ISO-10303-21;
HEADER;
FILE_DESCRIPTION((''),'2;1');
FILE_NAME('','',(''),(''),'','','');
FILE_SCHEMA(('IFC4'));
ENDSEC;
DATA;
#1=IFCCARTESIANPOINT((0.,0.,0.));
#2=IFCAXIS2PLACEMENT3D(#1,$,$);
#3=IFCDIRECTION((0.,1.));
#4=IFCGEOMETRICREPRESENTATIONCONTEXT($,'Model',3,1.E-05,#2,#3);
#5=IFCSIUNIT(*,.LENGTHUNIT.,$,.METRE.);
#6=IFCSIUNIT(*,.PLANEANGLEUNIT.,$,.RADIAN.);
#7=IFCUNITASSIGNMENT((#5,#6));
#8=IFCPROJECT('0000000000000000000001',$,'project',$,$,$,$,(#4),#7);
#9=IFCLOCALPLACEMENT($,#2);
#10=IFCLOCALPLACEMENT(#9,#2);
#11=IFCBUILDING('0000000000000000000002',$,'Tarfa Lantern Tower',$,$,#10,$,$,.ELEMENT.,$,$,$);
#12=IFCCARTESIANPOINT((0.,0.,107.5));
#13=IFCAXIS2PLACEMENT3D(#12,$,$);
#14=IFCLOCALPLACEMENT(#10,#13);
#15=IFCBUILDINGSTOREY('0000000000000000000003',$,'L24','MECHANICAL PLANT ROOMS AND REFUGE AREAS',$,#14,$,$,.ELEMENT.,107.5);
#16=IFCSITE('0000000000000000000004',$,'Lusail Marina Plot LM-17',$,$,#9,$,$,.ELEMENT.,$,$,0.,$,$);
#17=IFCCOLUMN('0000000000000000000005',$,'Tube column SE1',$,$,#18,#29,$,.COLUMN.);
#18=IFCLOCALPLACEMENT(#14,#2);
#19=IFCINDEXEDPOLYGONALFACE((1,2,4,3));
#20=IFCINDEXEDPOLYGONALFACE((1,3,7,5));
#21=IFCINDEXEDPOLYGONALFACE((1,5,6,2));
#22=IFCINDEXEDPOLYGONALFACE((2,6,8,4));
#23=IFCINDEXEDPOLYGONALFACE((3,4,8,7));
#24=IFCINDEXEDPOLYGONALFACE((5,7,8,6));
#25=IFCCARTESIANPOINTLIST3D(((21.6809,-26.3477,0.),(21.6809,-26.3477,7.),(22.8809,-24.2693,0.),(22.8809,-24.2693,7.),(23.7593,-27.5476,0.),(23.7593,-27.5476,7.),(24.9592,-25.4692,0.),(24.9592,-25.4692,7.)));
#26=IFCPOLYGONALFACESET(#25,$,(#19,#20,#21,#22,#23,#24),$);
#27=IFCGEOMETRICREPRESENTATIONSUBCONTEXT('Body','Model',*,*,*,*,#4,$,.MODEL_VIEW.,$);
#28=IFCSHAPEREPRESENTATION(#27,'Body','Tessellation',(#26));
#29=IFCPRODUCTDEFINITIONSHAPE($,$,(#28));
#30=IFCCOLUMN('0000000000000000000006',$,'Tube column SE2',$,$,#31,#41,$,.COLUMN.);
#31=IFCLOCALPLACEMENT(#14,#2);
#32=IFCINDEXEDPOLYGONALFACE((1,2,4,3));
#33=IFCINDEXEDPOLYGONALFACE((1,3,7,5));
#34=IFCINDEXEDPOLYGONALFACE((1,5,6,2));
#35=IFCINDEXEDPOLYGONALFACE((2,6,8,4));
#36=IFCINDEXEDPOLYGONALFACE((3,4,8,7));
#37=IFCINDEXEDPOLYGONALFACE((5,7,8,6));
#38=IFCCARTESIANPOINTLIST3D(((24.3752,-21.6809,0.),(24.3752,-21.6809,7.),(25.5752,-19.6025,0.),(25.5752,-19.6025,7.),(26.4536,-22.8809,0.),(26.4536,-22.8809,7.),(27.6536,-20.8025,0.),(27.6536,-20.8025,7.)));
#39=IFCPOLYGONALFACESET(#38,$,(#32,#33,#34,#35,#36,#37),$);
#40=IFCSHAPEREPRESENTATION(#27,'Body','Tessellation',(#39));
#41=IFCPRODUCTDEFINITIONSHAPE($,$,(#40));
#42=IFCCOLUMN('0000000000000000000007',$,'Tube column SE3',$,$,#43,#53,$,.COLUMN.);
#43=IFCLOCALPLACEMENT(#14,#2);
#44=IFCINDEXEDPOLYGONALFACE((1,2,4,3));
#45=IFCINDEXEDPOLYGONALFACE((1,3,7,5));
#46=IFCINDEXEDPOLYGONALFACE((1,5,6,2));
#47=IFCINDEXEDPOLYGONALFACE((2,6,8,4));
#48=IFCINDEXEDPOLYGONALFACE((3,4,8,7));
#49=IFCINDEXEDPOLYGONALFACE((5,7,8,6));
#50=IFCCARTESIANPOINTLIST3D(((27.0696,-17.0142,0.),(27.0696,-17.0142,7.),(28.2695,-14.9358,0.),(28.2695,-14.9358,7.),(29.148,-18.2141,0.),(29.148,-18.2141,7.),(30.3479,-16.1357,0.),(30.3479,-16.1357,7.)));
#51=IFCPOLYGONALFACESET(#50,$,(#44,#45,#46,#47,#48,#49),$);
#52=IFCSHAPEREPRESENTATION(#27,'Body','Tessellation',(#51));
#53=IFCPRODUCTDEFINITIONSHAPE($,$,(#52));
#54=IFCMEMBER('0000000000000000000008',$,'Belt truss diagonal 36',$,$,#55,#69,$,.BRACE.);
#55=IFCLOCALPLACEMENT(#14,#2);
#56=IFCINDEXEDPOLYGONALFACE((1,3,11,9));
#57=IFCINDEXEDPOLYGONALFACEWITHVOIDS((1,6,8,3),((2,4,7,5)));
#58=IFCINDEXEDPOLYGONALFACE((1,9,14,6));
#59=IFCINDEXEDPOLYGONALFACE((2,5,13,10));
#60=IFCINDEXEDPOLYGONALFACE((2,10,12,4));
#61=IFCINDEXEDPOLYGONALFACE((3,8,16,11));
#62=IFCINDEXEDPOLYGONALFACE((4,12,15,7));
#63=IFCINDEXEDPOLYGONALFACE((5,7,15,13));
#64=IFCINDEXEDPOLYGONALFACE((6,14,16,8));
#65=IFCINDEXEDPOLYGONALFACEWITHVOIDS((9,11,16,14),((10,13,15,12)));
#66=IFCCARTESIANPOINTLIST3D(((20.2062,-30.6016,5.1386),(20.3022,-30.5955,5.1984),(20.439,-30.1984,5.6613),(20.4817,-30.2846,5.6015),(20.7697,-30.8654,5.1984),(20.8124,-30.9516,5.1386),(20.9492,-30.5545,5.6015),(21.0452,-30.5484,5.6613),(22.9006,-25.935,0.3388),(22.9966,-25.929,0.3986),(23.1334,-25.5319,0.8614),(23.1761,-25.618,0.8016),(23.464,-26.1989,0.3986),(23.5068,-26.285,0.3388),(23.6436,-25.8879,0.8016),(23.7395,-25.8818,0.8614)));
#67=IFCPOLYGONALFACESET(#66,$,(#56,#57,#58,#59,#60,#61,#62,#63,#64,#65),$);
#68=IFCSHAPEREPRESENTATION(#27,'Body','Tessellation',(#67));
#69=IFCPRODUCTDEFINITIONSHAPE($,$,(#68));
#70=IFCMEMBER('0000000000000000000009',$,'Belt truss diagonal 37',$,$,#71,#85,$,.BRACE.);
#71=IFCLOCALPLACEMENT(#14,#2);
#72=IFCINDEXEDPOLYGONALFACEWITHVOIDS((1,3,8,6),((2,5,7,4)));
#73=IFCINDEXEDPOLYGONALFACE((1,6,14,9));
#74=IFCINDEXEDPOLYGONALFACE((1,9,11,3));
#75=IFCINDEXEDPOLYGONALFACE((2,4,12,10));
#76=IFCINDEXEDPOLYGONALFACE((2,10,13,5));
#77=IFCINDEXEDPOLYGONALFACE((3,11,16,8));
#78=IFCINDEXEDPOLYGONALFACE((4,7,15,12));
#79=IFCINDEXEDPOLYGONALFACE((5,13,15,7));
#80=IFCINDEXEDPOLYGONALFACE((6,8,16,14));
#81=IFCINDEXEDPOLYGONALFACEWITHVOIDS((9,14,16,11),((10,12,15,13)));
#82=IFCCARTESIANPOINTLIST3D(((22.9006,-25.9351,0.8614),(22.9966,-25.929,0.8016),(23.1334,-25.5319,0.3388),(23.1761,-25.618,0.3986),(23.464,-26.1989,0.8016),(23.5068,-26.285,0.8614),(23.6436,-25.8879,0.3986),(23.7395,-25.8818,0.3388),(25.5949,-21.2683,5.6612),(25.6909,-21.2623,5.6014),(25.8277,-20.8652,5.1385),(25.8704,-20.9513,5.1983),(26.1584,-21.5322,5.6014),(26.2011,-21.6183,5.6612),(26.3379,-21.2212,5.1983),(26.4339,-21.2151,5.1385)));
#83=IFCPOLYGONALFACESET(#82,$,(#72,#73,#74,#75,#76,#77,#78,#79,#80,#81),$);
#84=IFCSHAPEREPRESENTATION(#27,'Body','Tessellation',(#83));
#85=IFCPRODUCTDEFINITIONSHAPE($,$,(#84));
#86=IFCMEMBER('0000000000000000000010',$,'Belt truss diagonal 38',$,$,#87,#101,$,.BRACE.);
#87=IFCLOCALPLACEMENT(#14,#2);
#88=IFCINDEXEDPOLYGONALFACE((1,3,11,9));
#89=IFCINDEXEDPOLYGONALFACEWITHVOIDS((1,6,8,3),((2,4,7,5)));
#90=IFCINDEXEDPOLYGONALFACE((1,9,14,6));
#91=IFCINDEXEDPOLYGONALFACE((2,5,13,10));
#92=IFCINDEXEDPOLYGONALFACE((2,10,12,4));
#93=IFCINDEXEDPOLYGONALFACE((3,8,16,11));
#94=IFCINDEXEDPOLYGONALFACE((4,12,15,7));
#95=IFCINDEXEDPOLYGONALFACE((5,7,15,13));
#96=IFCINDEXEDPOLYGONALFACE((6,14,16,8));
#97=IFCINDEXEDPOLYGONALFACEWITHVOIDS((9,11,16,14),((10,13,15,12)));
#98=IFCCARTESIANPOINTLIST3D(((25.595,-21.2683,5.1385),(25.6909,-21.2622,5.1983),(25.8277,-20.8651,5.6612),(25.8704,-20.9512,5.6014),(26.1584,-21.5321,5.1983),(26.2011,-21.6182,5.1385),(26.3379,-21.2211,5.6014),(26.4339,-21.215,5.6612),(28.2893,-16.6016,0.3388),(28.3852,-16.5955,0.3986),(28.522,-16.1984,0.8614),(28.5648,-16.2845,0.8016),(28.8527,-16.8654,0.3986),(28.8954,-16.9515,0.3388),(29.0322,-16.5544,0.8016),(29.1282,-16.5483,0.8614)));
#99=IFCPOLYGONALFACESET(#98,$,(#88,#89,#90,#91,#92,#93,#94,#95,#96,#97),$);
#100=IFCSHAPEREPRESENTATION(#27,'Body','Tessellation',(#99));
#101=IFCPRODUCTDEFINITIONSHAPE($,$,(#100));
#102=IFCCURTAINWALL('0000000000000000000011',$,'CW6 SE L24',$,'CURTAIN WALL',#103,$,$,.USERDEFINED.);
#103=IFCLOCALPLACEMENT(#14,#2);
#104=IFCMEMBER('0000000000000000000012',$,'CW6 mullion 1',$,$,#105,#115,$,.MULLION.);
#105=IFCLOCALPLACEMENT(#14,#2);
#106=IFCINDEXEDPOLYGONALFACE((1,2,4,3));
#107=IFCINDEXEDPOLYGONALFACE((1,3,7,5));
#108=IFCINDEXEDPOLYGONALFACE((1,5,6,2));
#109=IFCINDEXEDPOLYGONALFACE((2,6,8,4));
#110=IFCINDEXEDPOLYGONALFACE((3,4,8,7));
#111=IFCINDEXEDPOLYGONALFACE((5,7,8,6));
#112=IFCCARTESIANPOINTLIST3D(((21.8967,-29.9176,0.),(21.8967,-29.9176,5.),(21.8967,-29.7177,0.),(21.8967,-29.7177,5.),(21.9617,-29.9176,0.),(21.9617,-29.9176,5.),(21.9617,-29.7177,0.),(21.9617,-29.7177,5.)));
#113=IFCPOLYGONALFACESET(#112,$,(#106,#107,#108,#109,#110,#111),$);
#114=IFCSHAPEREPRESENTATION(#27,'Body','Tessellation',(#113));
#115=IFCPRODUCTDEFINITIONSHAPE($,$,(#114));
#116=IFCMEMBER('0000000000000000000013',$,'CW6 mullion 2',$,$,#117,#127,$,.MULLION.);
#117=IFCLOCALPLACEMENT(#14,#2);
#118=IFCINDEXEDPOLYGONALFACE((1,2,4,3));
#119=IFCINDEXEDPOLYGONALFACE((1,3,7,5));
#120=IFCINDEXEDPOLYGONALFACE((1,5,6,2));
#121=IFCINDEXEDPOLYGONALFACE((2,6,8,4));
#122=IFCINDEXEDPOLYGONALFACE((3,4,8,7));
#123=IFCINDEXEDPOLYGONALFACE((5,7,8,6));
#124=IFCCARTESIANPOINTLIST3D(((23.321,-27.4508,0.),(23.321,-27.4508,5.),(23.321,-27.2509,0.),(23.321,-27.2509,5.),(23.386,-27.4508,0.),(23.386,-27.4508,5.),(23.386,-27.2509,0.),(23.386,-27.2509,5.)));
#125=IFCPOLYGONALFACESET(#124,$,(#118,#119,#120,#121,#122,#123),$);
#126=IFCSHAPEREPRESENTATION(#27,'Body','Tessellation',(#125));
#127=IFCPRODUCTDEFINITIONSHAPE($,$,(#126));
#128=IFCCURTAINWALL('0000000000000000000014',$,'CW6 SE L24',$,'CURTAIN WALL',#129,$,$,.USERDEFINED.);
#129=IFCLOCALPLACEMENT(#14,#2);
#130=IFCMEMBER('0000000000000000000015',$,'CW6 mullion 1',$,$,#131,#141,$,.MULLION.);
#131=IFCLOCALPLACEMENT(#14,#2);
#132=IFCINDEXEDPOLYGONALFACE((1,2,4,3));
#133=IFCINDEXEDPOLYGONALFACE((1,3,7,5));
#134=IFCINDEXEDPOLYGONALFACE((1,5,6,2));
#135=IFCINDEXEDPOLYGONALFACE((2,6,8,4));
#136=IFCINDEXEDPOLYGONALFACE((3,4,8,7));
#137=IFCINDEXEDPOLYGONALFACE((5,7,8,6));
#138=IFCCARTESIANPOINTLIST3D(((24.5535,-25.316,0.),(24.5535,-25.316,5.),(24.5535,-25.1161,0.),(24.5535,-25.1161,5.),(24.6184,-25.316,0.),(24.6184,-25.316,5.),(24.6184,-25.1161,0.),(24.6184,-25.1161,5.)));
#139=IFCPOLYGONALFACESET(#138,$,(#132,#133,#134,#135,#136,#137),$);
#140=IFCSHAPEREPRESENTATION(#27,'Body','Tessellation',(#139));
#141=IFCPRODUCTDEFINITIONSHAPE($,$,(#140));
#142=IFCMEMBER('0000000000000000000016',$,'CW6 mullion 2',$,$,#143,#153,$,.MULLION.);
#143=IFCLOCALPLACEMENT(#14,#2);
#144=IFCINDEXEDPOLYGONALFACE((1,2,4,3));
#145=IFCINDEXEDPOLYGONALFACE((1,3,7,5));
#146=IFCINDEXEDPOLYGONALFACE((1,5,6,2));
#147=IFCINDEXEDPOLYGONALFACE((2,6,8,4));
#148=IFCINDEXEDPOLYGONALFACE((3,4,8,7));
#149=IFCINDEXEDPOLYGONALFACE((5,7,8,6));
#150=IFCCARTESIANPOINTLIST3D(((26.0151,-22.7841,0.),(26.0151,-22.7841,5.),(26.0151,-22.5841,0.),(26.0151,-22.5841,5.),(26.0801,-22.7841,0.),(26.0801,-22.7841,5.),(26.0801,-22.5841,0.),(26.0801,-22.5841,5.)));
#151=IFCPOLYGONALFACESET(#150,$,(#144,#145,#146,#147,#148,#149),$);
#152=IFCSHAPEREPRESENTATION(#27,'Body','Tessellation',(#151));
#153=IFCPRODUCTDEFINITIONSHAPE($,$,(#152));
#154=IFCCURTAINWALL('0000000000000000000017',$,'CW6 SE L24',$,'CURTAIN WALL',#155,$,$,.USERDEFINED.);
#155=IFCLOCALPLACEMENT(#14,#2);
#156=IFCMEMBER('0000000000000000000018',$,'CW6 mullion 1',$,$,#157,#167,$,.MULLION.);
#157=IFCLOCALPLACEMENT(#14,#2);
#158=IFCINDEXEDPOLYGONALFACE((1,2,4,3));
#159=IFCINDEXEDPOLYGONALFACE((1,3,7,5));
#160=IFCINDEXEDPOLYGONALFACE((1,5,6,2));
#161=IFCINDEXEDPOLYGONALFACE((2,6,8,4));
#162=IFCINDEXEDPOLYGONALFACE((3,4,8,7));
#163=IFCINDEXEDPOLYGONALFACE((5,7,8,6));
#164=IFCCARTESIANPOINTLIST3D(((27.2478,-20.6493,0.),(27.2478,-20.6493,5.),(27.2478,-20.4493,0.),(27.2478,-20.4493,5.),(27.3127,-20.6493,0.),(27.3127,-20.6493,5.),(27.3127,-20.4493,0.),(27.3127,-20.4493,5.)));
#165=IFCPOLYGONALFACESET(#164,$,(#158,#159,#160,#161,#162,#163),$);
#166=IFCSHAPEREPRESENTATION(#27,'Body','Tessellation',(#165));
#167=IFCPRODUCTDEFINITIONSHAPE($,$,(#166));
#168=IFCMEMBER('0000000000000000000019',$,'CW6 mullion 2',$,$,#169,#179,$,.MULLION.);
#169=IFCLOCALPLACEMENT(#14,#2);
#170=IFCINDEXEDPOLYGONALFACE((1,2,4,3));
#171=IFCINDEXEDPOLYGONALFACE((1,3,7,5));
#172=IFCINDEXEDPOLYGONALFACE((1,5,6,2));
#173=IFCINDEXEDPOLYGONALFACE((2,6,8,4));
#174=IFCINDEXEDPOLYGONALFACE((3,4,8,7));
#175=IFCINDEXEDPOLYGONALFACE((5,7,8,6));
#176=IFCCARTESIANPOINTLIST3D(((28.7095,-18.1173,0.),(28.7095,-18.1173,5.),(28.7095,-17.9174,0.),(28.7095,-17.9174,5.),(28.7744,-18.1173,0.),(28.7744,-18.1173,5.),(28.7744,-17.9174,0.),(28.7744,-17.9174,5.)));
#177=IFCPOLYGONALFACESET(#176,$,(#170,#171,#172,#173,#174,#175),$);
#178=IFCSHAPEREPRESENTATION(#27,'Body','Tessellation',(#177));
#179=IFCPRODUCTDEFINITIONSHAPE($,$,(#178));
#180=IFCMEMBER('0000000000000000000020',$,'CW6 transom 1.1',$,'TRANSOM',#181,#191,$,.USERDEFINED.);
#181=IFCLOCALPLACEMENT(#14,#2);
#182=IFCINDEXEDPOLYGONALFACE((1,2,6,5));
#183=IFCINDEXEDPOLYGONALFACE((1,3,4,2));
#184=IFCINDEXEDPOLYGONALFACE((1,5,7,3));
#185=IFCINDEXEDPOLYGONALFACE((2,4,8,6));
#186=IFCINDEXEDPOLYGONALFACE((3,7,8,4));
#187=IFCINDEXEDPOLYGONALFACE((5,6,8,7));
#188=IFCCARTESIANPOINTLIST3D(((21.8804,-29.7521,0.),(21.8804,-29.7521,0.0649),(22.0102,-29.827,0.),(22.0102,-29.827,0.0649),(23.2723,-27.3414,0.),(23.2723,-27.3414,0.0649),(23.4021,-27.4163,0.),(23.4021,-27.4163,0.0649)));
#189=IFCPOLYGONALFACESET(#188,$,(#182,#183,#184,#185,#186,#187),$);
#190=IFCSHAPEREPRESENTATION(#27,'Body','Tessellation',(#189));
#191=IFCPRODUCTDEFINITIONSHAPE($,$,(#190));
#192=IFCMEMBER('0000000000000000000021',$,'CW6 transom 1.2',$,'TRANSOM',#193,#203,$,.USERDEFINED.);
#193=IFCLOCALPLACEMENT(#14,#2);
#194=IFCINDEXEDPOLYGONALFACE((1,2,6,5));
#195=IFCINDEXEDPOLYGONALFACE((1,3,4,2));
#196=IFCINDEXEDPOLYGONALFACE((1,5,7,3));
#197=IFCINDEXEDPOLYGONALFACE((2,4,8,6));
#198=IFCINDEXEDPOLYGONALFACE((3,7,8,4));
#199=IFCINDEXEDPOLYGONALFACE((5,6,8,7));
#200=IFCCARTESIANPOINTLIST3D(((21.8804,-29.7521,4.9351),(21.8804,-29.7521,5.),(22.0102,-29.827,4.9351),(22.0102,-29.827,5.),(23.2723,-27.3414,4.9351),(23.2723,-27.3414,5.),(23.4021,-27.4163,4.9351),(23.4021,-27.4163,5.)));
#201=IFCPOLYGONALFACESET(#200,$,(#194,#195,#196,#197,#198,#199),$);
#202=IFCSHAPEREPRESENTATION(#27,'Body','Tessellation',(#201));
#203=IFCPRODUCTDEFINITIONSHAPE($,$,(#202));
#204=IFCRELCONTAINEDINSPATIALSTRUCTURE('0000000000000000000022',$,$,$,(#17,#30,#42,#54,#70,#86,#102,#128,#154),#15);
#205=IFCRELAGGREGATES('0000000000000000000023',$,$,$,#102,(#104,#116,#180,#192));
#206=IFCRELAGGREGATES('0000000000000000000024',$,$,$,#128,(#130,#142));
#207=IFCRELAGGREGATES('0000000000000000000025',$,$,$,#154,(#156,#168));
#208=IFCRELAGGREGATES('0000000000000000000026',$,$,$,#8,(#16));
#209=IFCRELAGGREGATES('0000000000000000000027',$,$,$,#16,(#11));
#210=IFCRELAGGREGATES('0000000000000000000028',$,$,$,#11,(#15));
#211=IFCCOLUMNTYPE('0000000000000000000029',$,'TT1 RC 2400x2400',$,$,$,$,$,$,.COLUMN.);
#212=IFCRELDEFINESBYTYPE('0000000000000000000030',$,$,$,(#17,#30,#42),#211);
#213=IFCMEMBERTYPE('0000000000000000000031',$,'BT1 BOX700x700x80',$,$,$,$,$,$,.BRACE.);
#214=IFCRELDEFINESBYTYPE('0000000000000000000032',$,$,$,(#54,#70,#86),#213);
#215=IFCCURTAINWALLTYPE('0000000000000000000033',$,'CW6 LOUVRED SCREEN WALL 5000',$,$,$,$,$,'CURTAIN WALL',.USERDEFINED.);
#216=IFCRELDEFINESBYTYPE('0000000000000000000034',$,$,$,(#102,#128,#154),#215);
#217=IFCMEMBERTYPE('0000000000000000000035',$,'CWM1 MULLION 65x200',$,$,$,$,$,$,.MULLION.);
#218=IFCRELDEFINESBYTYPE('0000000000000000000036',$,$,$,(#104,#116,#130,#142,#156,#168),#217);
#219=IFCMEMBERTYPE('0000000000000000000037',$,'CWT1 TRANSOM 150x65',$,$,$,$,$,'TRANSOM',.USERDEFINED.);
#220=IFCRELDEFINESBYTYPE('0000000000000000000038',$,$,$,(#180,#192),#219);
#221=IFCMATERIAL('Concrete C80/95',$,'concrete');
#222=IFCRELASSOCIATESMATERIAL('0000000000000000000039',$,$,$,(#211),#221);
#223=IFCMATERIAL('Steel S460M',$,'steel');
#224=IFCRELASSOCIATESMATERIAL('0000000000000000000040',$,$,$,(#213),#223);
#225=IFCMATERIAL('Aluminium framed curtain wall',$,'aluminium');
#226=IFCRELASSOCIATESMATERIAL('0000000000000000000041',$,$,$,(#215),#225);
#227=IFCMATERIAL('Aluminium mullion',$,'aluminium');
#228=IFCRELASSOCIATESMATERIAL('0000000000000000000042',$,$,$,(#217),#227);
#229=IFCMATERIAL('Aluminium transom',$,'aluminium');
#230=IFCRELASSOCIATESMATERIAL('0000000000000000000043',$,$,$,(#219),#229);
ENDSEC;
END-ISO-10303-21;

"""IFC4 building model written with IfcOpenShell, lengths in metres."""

from ifc_helpers import new_model, si_unit, direction, frame, origin, origin_2d, place, context, subcontext, project, spatial, rectangle, hollow_rectangle, extrude, material, material_profile, profile_set, type_object, element, aggregate, save


model = new_model("IFC4")

# Units and contexts
model_context = context("Model", 3, precision=1e-05, world=origin(), true_north=direction((0.0, 1.0)))
body_context = subcontext(model_context, "Body", "Model", "MODEL_VIEW")
ifc_project = project(units=[si_unit("LENGTHUNIT", "METRE"), si_unit("PLANEANGLEUNIT", "RADIAN")], contexts=[model_context])

# Site, building, storey
site_placement = place(None, origin())
site = spatial("IfcSite", under=ifc_project, at=site_placement, Name="Lusail Marina Plot LM-17", CompositionType="ELEMENT", RefElevation=0.0)
building_placement = place(site_placement, origin())
building = spatial("IfcBuilding", under=site, at=building_placement, Name="Tarfa Lantern Tower", CompositionType="ELEMENT")
storey_placement = place(building_placement, frame((0.0, 0.0, 107.5)))
storey = spatial("IfcBuildingStorey", under=building, at=storey_placement, Name="L24", Description="MECHANICAL PLANT ROOMS AND REFUGE AREAS", CompositionType="ELEMENT", Elevation=107.5)

# Columns
ifc_material_1 = material(Name="Concrete C80/95", Category="concrete")
ifc_material_profile_1 = material_profile(ifc_material_1, rectangle(XDim=2.3999, YDim=2.3999, at=origin_2d()), Name="RC 2400x2400")
ifc_profile_set_1 = profile_set([ifc_material_profile_1], Name="Concrete C80/95")
column_type = type_object("IfcColumnType", Name="TT1 RC 2400x2400", PredefinedType="COLUMN", material=ifc_profile_set_1)
for number, where, z_axis, x_axis, name in (
    (1, (23.3201, -25.9084, 0.0), (0.0, 0.0, 1.0), (0.5, 0.866025, 0.0), "Tube column SE1"),
    (2, (26.0144, -21.2417, 0.0), (0.0, 0.0, 1.0), (0.5, 0.866025, 0.0), "Tube column SE2"),
    (3, (28.7087, -16.575, 0.0), (0.0, 0.0, 1.0), (0.5, 0.866025, 0.0), "Tube column SE3"),
):
    element("IfcColumn", number, at=place(storey_placement, frame(where, z_axis=z_axis, x_axis=x_axis)), inside=storey, type_object=column_type, Name=name, PredefinedType="COLUMN", context=body_context, shape_type="SweptSolid", body=[
        extrude(rectangle(XDim=2.3999, YDim=2.3999, at=origin_2d()), origin(), (0.0, 0.0, 1.0), 7.0),
    ])

# Members
ifc_material_2 = material(Name="Steel S460M", Category="steel")
ifc_material_profile_2 = material_profile(ifc_material_2, hollow_rectangle(XDim=0.7, YDim=0.7, WallThickness=0.0801, at=origin_2d()), Name="BOX700x700x80")
ifc_profile_set_2 = profile_set([ifc_material_profile_2], Name="Steel S460M")
member_type_1 = type_object("IfcMemberType", Name="BT1 BOX700x700x80", PredefinedType="BRACE", material=ifc_profile_set_2)
for number, where, z_axis, x_axis, name in (
    (4, (23.3201, -25.9084, 0.6001), (-0.373372, -0.646669, 0.665141), (0.866015, -0.500018, 0.0), "Belt truss diagonal 36"),
    (5, (23.3201, -25.9084, 0.6001), (0.373364, 0.646688, 0.665127), (-0.866026, 0.499998, 0.0), "Belt truss diagonal 37"),
    (6, (28.7087, -16.575, 0.6001), (-0.373364, -0.646688, 0.665127), (0.866026, -0.499998, 0.0), "Belt truss diagonal 38"),
):
    element("IfcMember", number, at=place(storey_placement, frame(where, z_axis=z_axis, x_axis=x_axis)), inside=storey, type_object=member_type_1, Name=name, PredefinedType="BRACE", context=body_context, shape_type="SweptSolid", body=[
        extrude(hollow_rectangle(XDim=0.7, YDim=0.7, WallThickness=0.0801, at=origin_2d()), origin(), (0.0, 0.0, 1.0), 7.2163),
    ])

# Curtain walls, members
ifc_material_3 = material(Name="Aluminium framed curtain wall", Category="aluminium")
curtain_wall_type = type_object("IfcCurtainWallType", Name="CW6 LOUVRED SCREEN WALL 5000", ElementType="CURTAIN WALL", PredefinedType="USERDEFINED", material=ifc_material_3)
curtain_wall_1_placement = place(storey_placement, origin())
curtain_wall_1 = element("IfcCurtainWall", 7, at=curtain_wall_1_placement, inside=storey, type_object=curtain_wall_type, Name="CW6 SE L24", ObjectType="CURTAIN WALL", PredefinedType="USERDEFINED")
ifc_material_4 = material(Name="Aluminium mullion", Category="aluminium")
ifc_material_profile_3 = material_profile(ifc_material_4, rectangle(XDim=0.0649, YDim=0.2, at=origin_2d()), Name="AL MULLION 65x200")
ifc_profile_set_3 = profile_set([ifc_material_profile_3], Name="Aluminium mullion")
member_type_2 = type_object("IfcMemberType", Name="CWM1 MULLION 65x200", PredefinedType="MULLION", material=ifc_profile_set_3)
member_1_placement = place(storey_placement, frame((21.9292, -29.8176, 0.0), z_axis=(0.0, 0.0, 1.0), x_axis=(1.0, 0.0, 0.0)))
member_1 = element("IfcMember", 8, at=member_1_placement, type_object=member_type_2, Name="CW6 mullion 1", PredefinedType="MULLION", context=body_context, shape_type="SweptSolid", body=[
    extrude(rectangle(XDim=0.0649, YDim=0.2, at=origin_2d()), origin(), (0.0, 0.0, 1.0), 5.0),
])
member_2_placement = place(storey_placement, frame((23.3535, -27.3508, 0.0), z_axis=(0.0, 0.0, 1.0), x_axis=(1.0, 0.0, 0.0)))
member_2 = element("IfcMember", 9, at=member_2_placement, type_object=member_type_2, Name="CW6 mullion 2", PredefinedType="MULLION", context=body_context, shape_type="SweptSolid", body=[
    extrude(rectangle(XDim=0.0649, YDim=0.2, at=origin_2d()), origin(), (0.0, 0.0, 1.0), 5.0),
])
curtain_wall_2_placement = place(storey_placement, origin())
curtain_wall_2 = element("IfcCurtainWall", 10, at=curtain_wall_2_placement, inside=storey, type_object=curtain_wall_type, Name="CW6 SE L24", ObjectType="CURTAIN WALL", PredefinedType="USERDEFINED")
member_3_placement = place(storey_placement, frame((24.5859, -25.2161, 0.0), z_axis=(0.0, 0.0, 1.0), x_axis=(1.0, 0.0, 0.0)))
member_3 = element("IfcMember", 11, at=member_3_placement, type_object=member_type_2, Name="CW6 mullion 1", PredefinedType="MULLION", context=body_context, shape_type="SweptSolid", body=[
    extrude(rectangle(XDim=0.0649, YDim=0.2, at=origin_2d()), origin(), (0.0, 0.0, 1.0), 5.0),
])
member_4_placement = place(storey_placement, frame((26.0476, -22.6841, 0.0), z_axis=(0.0, 0.0, 1.0), x_axis=(1.0, 0.0, 0.0)))
member_4 = element("IfcMember", 12, at=member_4_placement, type_object=member_type_2, Name="CW6 mullion 2", PredefinedType="MULLION", context=body_context, shape_type="SweptSolid", body=[
    extrude(rectangle(XDim=0.0649, YDim=0.2, at=origin_2d()), origin(), (0.0, 0.0, 1.0), 5.0),
])
curtain_wall_3_placement = place(storey_placement, origin())
curtain_wall_3 = element("IfcCurtainWall", 13, at=curtain_wall_3_placement, inside=storey, type_object=curtain_wall_type, Name="CW6 SE L24", ObjectType="CURTAIN WALL", PredefinedType="USERDEFINED")
member_5_placement = place(storey_placement, frame((27.2803, -20.5493, 0.0), z_axis=(0.0, 0.0, 1.0), x_axis=(1.0, 0.0, 0.0)))
member_5 = element("IfcMember", 14, at=member_5_placement, type_object=member_type_2, Name="CW6 mullion 1", PredefinedType="MULLION", context=body_context, shape_type="SweptSolid", body=[
    extrude(rectangle(XDim=0.0649, YDim=0.2, at=origin_2d()), origin(), (0.0, 0.0, 1.0), 5.0),
])
member_6_placement = place(storey_placement, frame((28.7419, -18.0173, 0.0), z_axis=(0.0, 0.0, 1.0), x_axis=(1.0, 0.0, 0.0)))
member_6 = element("IfcMember", 15, at=member_6_placement, type_object=member_type_2, Name="CW6 mullion 2", PredefinedType="MULLION", context=body_context, shape_type="SweptSolid", body=[
    extrude(rectangle(XDim=0.0649, YDim=0.2, at=origin_2d()), origin(), (0.0, 0.0, 1.0), 5.0),
])

# Members
ifc_material_5 = material(Name="Aluminium transom", Category="aluminium")
ifc_material_profile_4 = material_profile(ifc_material_5, rectangle(XDim=0.1499, YDim=0.0649, at=origin_2d()), Name="AL TRANSOM 150x65")
ifc_profile_set_4 = profile_set([ifc_material_profile_4], Name="Aluminium transom")
member_type_3 = type_object("IfcMemberType", Name="CWT1 TRANSOM 150x65", ElementType="TRANSOM", PredefinedType="USERDEFINED", material=ifc_profile_set_4)
member_7_placement = place(storey_placement, frame((21.9453, -29.7896, 0.0325), z_axis=(0.500016, 0.866016, 0.0), x_axis=(-0.866016, 0.500016, 0.0)))
member_7 = element("IfcMember", 16, at=member_7_placement, type_object=member_type_3, Name="CW6 transom 1.1", ObjectType="TRANSOM", PredefinedType="USERDEFINED", context=body_context, shape_type="SweptSolid", body=[
    extrude(rectangle(XDim=0.1499, YDim=0.0649, at=origin_2d()), origin(), (0.0, 0.0, 1.0), 2.7837),
])
member_8_placement = place(storey_placement, frame((21.9453, -29.7896, 4.9675), z_axis=(0.500016, 0.866016, 0.0), x_axis=(-0.866016, 0.500016, 0.0)))
member_8 = element("IfcMember", 17, at=member_8_placement, type_object=member_type_3, Name="CW6 transom 1.2", ObjectType="TRANSOM", PredefinedType="USERDEFINED", context=body_context, shape_type="SweptSolid", body=[
    extrude(rectangle(XDim=0.1499, YDim=0.0649, at=origin_2d()), origin(), (0.0, 0.0, 1.0), 2.7837),
])

aggregate(curtain_wall_1, [member_1, member_2, member_7, member_8])
aggregate(curtain_wall_2, [member_3, member_4])
aggregate(curtain_wall_3, [member_5, member_6])

save(model, "model.ifc")
